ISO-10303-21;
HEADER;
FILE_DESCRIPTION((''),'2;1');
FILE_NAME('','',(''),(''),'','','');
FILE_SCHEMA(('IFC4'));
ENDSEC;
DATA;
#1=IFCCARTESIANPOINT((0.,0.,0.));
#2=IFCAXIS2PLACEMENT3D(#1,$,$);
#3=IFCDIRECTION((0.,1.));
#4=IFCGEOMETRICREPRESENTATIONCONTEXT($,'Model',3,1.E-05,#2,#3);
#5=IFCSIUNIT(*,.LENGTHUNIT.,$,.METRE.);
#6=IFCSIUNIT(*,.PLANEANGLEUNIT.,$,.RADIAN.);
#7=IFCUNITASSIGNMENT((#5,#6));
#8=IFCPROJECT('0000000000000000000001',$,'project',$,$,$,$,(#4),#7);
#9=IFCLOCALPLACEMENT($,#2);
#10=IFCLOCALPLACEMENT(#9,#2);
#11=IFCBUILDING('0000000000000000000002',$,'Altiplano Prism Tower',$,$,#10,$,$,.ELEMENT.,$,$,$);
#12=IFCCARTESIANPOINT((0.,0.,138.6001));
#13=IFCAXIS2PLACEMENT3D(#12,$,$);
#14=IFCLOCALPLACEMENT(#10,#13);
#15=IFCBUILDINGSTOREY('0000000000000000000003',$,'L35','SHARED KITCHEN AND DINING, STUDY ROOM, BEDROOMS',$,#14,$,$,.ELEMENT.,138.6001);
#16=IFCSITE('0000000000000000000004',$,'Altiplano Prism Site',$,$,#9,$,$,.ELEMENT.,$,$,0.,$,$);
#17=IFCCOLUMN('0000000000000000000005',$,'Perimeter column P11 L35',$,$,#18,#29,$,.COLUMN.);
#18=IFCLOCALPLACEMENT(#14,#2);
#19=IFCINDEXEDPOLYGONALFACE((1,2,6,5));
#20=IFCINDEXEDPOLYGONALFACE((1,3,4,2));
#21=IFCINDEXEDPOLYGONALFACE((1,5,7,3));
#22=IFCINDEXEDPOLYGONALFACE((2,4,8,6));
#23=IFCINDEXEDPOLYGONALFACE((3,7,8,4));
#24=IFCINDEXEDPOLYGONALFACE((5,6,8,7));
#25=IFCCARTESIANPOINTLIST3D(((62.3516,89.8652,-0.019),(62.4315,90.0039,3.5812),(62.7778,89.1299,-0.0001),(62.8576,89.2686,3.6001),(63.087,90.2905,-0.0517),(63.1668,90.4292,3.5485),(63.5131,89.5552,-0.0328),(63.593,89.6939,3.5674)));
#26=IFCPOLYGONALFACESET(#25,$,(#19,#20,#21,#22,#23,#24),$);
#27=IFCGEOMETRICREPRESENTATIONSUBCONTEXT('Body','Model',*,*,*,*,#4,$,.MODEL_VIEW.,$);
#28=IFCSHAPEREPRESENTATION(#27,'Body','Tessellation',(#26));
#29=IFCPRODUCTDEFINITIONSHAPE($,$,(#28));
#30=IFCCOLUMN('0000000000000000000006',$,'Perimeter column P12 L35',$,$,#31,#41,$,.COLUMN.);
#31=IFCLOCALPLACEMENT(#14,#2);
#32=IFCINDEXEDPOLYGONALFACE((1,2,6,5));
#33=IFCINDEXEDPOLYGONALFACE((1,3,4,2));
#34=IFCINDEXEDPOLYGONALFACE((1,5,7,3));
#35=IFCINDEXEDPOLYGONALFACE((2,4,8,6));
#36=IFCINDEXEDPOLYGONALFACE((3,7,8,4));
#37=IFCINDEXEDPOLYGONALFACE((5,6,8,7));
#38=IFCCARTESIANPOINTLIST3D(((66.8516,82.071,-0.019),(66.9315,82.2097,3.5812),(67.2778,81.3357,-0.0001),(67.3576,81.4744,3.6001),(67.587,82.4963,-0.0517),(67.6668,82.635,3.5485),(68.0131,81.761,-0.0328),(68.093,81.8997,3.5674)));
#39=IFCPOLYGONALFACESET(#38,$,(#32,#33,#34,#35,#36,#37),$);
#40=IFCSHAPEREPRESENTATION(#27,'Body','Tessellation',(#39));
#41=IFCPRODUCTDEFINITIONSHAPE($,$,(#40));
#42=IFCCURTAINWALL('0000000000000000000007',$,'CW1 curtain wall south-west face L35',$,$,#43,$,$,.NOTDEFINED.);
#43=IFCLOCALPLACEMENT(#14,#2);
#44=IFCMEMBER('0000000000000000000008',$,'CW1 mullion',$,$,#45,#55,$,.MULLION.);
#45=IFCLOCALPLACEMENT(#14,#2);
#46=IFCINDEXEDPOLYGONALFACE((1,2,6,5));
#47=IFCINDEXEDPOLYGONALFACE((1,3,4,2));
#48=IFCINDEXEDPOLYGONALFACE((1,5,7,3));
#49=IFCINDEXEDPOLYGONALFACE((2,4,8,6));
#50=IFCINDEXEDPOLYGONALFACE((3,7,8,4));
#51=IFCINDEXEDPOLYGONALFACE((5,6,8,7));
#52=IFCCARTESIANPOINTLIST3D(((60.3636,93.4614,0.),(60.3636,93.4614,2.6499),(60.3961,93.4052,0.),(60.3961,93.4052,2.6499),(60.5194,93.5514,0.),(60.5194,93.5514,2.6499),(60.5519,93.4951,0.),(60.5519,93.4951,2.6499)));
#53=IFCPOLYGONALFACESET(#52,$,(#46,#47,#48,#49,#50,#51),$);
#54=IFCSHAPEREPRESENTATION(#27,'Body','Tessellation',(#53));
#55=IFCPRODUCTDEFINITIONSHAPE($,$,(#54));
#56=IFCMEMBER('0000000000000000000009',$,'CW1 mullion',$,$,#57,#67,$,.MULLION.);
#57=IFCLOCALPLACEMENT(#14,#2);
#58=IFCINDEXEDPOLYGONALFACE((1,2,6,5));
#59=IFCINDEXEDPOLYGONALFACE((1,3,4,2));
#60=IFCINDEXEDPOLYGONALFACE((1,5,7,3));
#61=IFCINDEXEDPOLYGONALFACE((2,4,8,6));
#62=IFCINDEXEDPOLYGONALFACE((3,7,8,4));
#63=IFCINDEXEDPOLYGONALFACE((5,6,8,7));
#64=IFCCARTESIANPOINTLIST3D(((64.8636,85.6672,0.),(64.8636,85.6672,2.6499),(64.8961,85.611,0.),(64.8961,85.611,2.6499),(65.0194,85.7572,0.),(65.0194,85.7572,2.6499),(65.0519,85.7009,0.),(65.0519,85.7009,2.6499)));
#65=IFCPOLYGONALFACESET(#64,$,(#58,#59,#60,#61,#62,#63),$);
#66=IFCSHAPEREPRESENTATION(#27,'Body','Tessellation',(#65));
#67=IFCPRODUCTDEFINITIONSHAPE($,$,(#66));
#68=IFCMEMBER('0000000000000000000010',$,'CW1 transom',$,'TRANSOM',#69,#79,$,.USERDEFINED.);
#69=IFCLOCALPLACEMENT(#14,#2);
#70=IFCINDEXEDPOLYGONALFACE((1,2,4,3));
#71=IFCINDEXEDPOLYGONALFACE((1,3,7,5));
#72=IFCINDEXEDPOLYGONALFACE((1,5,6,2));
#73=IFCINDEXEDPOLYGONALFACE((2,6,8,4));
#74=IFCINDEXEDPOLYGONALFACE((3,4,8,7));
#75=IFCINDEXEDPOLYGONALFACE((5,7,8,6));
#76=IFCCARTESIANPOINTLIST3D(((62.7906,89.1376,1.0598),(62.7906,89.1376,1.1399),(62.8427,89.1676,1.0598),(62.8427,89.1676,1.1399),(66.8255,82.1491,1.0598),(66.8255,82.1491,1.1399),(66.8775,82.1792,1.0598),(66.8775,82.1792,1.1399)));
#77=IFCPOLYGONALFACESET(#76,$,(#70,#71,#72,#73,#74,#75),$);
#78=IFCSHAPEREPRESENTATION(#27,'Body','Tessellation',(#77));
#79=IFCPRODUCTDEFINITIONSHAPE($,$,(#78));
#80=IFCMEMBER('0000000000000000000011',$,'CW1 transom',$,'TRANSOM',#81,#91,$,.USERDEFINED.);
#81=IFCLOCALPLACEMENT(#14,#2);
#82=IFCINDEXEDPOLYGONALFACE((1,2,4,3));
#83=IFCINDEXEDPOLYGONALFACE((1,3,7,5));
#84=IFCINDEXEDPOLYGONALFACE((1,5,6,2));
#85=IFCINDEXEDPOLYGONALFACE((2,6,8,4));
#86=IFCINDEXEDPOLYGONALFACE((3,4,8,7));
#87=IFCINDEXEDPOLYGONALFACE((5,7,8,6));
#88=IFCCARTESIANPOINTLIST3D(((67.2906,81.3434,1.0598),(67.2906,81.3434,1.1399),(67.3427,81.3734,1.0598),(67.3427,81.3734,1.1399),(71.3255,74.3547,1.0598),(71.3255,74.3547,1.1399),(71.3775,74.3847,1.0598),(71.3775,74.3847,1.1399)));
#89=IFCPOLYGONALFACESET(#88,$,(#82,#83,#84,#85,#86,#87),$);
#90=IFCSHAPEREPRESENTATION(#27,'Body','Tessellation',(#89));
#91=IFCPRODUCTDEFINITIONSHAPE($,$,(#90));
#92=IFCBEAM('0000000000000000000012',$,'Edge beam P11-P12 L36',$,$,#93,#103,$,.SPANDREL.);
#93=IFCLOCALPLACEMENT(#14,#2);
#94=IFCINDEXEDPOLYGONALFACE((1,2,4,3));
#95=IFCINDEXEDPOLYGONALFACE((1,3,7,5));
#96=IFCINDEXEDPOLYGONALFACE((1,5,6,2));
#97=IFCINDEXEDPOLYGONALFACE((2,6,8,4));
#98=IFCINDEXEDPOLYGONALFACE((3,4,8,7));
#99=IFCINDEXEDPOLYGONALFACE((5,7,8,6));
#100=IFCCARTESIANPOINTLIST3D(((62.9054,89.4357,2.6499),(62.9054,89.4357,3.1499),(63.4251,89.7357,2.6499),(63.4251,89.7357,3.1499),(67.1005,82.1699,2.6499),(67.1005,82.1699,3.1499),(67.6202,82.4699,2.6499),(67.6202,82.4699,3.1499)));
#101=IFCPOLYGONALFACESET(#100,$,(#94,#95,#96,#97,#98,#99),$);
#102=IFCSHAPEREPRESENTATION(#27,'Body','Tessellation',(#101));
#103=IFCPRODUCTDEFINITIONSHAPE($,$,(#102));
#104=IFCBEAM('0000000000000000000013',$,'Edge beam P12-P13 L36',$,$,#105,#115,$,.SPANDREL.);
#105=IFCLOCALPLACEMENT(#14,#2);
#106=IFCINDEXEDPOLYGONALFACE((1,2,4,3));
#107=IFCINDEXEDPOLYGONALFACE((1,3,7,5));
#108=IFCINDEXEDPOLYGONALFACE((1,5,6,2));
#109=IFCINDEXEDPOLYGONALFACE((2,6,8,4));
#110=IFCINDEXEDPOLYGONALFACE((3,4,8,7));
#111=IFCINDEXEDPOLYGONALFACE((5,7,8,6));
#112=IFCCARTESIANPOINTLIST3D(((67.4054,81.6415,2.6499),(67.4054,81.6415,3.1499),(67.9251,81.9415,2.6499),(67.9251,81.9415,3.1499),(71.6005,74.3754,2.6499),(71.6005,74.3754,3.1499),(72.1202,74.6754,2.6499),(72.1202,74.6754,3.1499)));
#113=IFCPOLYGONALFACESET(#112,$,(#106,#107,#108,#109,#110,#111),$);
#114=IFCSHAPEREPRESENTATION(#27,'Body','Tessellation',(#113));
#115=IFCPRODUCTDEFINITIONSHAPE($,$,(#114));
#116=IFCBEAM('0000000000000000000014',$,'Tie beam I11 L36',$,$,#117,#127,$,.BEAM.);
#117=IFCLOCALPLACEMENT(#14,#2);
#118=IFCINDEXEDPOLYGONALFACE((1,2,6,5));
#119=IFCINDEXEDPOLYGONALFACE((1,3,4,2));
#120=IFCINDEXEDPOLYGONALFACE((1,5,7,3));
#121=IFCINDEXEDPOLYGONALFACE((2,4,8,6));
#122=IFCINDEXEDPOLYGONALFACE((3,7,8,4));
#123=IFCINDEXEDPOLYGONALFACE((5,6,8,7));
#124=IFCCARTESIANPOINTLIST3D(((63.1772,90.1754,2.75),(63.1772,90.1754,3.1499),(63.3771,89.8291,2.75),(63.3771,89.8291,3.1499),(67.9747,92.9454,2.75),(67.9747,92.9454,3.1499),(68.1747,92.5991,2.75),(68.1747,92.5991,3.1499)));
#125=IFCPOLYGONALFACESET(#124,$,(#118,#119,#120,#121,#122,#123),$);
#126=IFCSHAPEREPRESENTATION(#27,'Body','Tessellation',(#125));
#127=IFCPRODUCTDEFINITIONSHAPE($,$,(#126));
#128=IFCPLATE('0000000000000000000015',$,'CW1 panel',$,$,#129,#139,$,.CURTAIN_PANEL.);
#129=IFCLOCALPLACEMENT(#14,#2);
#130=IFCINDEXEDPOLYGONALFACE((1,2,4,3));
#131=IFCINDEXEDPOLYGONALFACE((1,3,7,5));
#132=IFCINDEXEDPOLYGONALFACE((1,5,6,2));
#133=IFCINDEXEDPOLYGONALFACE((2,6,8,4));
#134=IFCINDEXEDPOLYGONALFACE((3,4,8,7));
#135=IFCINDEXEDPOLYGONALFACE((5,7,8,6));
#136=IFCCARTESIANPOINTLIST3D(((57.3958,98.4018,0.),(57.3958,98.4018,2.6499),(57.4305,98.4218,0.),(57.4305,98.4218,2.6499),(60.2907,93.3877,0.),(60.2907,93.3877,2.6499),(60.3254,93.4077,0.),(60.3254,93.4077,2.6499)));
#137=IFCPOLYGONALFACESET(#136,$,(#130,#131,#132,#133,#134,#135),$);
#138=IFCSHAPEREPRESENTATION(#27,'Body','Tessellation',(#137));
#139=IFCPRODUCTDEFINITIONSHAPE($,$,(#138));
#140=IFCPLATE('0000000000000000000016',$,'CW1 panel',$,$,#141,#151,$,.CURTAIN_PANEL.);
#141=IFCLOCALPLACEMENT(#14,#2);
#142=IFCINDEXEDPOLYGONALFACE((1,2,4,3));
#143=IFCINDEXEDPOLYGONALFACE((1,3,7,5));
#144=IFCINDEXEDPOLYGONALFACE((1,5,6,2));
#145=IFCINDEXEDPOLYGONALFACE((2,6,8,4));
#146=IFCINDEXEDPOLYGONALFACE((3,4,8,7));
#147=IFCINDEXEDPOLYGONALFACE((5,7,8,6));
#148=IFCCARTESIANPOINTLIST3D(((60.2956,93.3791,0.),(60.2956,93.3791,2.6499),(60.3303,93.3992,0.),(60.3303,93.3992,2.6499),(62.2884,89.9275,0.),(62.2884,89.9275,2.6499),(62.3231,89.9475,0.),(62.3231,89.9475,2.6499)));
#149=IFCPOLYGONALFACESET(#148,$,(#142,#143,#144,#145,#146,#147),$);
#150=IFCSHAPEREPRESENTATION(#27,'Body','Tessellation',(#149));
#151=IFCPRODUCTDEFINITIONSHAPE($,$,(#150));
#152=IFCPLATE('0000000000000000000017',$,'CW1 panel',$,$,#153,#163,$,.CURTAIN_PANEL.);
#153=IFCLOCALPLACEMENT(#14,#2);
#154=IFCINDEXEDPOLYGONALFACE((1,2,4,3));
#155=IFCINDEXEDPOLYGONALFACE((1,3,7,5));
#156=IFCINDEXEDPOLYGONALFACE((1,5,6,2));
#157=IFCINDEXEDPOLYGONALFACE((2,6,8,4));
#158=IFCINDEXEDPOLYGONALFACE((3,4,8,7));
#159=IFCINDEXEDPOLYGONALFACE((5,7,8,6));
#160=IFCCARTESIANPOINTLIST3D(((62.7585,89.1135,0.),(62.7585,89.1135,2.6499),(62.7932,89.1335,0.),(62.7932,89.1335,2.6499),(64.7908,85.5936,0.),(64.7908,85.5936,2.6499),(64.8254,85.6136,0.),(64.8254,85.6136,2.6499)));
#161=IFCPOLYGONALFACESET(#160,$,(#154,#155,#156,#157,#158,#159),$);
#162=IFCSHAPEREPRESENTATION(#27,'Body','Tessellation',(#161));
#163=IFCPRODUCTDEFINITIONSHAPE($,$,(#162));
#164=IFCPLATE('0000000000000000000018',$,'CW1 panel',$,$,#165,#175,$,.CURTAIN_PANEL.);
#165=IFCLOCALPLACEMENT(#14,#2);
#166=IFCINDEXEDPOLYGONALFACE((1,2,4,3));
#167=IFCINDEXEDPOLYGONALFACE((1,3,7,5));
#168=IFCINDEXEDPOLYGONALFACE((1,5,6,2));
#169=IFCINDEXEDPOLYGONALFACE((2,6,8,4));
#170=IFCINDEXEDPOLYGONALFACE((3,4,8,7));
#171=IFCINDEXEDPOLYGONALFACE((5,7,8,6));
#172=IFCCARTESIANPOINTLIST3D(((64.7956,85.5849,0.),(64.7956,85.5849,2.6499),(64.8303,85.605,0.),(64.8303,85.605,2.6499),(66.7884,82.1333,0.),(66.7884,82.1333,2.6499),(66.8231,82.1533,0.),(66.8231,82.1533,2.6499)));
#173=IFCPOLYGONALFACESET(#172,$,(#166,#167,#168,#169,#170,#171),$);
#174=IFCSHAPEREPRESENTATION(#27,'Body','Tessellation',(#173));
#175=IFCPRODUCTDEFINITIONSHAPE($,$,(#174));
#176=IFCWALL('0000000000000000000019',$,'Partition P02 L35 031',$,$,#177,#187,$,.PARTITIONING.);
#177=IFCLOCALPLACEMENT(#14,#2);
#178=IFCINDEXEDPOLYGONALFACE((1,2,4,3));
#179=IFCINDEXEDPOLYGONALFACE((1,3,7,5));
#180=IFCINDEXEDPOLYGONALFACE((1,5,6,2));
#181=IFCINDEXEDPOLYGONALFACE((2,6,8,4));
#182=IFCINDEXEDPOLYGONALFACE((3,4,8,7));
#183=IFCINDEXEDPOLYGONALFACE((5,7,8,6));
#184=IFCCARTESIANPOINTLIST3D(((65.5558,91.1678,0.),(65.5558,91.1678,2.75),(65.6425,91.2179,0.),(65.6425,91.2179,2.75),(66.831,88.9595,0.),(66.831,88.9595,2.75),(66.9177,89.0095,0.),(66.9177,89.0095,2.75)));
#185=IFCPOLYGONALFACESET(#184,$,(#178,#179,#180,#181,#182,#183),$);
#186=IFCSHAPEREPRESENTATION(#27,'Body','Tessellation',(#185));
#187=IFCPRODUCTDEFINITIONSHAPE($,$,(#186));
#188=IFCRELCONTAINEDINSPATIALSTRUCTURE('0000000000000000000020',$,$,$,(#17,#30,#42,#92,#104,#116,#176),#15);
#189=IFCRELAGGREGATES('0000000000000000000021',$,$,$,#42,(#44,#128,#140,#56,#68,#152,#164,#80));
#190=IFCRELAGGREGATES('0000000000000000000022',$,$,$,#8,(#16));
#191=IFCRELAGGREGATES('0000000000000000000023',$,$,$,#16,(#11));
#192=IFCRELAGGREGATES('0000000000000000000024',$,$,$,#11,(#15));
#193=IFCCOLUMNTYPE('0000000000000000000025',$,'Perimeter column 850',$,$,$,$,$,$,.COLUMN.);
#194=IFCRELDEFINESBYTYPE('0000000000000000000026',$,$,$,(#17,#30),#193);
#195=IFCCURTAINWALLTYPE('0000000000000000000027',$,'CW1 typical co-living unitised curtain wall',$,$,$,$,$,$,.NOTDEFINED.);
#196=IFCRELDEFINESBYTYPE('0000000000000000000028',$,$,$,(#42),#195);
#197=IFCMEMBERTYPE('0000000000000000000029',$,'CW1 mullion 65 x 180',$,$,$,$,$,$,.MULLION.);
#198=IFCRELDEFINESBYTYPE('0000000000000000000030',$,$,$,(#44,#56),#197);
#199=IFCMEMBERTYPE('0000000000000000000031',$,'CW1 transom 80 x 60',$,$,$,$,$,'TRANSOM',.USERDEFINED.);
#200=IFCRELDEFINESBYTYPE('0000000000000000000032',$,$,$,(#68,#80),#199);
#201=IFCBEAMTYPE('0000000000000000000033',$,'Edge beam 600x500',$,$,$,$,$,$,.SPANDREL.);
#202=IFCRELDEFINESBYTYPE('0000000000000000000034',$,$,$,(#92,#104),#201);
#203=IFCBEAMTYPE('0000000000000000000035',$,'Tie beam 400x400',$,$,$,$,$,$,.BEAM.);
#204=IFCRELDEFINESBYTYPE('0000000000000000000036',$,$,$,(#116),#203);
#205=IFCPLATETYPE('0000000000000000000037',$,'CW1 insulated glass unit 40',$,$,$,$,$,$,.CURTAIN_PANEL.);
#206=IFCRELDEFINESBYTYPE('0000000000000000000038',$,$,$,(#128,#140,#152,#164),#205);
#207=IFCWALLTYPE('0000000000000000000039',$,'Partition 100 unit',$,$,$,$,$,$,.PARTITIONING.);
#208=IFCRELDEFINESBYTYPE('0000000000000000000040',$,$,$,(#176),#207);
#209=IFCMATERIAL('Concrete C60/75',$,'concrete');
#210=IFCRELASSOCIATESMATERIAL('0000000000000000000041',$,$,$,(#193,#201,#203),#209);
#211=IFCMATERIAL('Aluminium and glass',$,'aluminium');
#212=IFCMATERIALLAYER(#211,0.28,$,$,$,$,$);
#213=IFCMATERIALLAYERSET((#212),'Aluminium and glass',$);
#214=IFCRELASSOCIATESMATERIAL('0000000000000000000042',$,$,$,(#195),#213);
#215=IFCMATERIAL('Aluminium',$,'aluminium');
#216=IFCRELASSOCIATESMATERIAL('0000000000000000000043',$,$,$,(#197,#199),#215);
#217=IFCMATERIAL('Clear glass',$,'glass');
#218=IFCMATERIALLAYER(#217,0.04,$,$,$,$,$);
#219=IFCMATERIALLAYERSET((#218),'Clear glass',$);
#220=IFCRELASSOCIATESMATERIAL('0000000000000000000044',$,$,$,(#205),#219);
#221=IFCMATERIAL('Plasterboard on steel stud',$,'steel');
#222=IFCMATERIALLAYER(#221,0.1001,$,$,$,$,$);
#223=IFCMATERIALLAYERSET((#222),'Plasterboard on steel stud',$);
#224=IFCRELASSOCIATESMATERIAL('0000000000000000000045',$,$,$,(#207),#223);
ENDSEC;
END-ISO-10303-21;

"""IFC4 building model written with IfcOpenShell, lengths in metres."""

from ifc_helpers import new_model, si_unit, direction, frame, frame_2d, origin, origin_2d, place, context, subcontext, project, spatial, rectangle, extrude, material, layer, layer_set, material_profile, profile_set, type_object, element, aggregate, save


model = new_model("IFC4")

# Units and contexts
model_context = context("Model", 3, precision=1e-05, world=origin(), true_north=direction((0.0, 1.0)))
body_context = subcontext(model_context, "Body", "Model", "MODEL_VIEW")
ifc_project = project(units=[si_unit("LENGTHUNIT", "METRE"), si_unit("PLANEANGLEUNIT", "RADIAN")], contexts=[model_context])

# Site, building, storey
site_placement = place(None, origin())
site = spatial("IfcSite", under=ifc_project, at=site_placement, Name="Altiplano Prism Site", CompositionType="ELEMENT", RefElevation=0.0)
building_placement = place(site_placement, origin())
building = spatial("IfcBuilding", under=site, at=building_placement, Name="Altiplano Prism Tower", CompositionType="ELEMENT")
storey_placement = place(building_placement, frame((0.0, 0.0, 138.6001)))
storey = spatial("IfcBuildingStorey", under=building, at=storey_placement, Name="L35", Description="SHARED KITCHEN AND DINING, STUDY ROOM, BEDROOMS", CompositionType="ELEMENT", Elevation=138.6001)

# Columns
ifc_material_1 = material(Name="Concrete C60/75", Category="concrete")
ifc_material_profile_1 = material_profile(ifc_material_1, rectangle(XDim=0.8501, YDim=0.8501, at=origin_2d()), Name="Perimeter column 850")
ifc_profile_set_1 = profile_set([ifc_material_profile_1], Name="Concrete C60/75")
column_type = type_object("IfcColumnType", Name="Perimeter column 850", PredefinedType="COLUMN", material=ifc_profile_set_1)
for number, where, z_axis, x_axis, name in (
    (1, (62.9324, 89.7102, -0.0259), (0.022154, 0.038481, 0.999014), (-0.864982, -0.500327, 0.038453), "Perimeter column P11 L35"),
    (2, (67.4324, 81.916, -0.0259), (0.022154, 0.038481, 0.999014), (-0.864982, -0.500327, 0.038453), "Perimeter column P12 L35"),
):
    element("IfcColumn", number, at=place(storey_placement, frame(where, z_axis=z_axis, x_axis=x_axis)), inside=storey, type_object=column_type, Name=name, PredefinedType="COLUMN", context=body_context, shape_type="SweptSolid", body=[
        extrude(rectangle(XDim=0.8501, YDim=0.8501, at=origin_2d()), origin(), (0.0, 0.0, 1.0), 3.6038),
    ])

# Curtain wall, members
ifc_material_2 = material(Name="Aluminium and glass", Category="aluminium")
ifc_layer_1 = layer(ifc_material_2, 0.28)
ifc_layer_set_1 = layer_set([ifc_layer_1], Name="Aluminium and glass")
curtain_wall_type = type_object("IfcCurtainWallType", Name="CW1 typical co-living unitised curtain wall", PredefinedType="NOTDEFINED", material=ifc_layer_set_1)
curtain_wall_placement = place(storey_placement, origin())
curtain_wall = element("IfcCurtainWall", 3, at=curtain_wall_placement, inside=storey, type_object=curtain_wall_type, Name="CW1 curtain wall south-west face L35", PredefinedType="NOTDEFINED")
ifc_material_3 = material(Name="Aluminium", Category="aluminium")
ifc_material_profile_2 = material_profile(ifc_material_3, rectangle(XDim=0.1799, YDim=0.0649, at=origin_2d()), Name="CW1 mullion 65 x 180")
ifc_profile_set_2 = profile_set([ifc_material_profile_2], Name="Aluminium")
member_type_1 = type_object("IfcMemberType", Name="CW1 mullion 65 x 180", PredefinedType="MULLION", material=ifc_profile_set_2)
member_1_placement = place(storey_placement, frame((60.4578, 93.4783, 0.0), z_axis=(0.0, 0.0, 1.0), x_axis=(0.866025, 0.5, 0.0)))
member_1 = element("IfcMember", 4, at=member_1_placement, type_object=member_type_1, Name="CW1 mullion", PredefinedType="MULLION", context=body_context, shape_type="SweptSolid", body=[
    extrude(rectangle(XDim=0.1799, YDim=0.0649, at=origin_2d()), origin(), (0.0, 0.0, 1.0), 2.6499),
])
member_2_placement = place(storey_placement, frame((64.9578, 85.6841, 0.0), z_axis=(0.0, 0.0, 1.0), x_axis=(0.866025, 0.5, 0.0)))
member_2 = element("IfcMember", 5, at=member_2_placement, type_object=member_type_1, Name="CW1 mullion", PredefinedType="MULLION", context=body_context, shape_type="SweptSolid", body=[
    extrude(rectangle(XDim=0.1799, YDim=0.0649, at=origin_2d()), origin(), (0.0, 0.0, 1.0), 2.6499),
])
ifc_material_profile_3 = material_profile(ifc_material_3, rectangle(XDim=0.0601, YDim=0.0801, at=origin_2d()), Name="CW1 transom 80 x 60")
ifc_profile_set_3 = profile_set([ifc_material_profile_3], Name="Aluminium")
member_type_2 = type_object("IfcMemberType", Name="CW1 transom 80 x 60", ElementType="TRANSOM", PredefinedType="USERDEFINED", material=ifc_profile_set_3)
member_3_placement = place(storey_placement, frame((62.8167, 89.1526, 1.0999), z_axis=(0.500008, -0.866021, 0.0), x_axis=(0.866021, 0.500008, 0.0)))
member_3 = element("IfcMember", 6, at=member_3_placement, type_object=member_type_2, Name="CW1 transom", ObjectType="TRANSOM", PredefinedType="USERDEFINED", context=body_context, shape_type="SweptSolid", body=[
    extrude(rectangle(XDim=0.0601, YDim=0.0801, at=origin_2d()), origin(), (0.0, 0.0, 1.0), 8.0696),
])
member_4_placement = place(storey_placement, frame((67.3167, 81.3584, 1.0999), z_axis=(0.499995, -0.866028, 0.0), x_axis=(0.866028, 0.499995, 0.0)))
member_4 = element("IfcMember", 7, at=member_4_placement, type_object=member_type_2, Name="CW1 transom", ObjectType="TRANSOM", PredefinedType="USERDEFINED", context=body_context, shape_type="SweptSolid", body=[
    extrude(rectangle(XDim=0.0601, YDim=0.0801, at=origin_2d()), origin(), (0.0, 0.0, 1.0), 8.0698),
])

# Beams
ifc_material_profile_4 = material_profile(ifc_material_1, rectangle(XDim=0.6001, YDim=0.5, at=origin_2d()), Name="Edge beam 600x500")
ifc_profile_set_4 = profile_set([ifc_material_profile_4], Name="Concrete C60/75")
beam_type_1 = type_object("IfcBeamType", Name="Edge beam 600x500", PredefinedType="SPANDREL", material=ifc_profile_set_4)
beam_1_placement = place(storey_placement, frame((63.1653, 89.5857, 2.8999), z_axis=(0.50001, -0.866019, 0.0), x_axis=(0.866019, 0.50001, 0.0)))
element("IfcBeam", 8, at=beam_1_placement, inside=storey, type_object=beam_type_1, Name="Edge beam P11-P12 L36", PredefinedType="SPANDREL", context=body_context, shape_type="SweptSolid", body=[
    extrude(rectangle(XDim=0.6001, YDim=0.5, at=origin_2d()), origin(), (0.0, 0.0, 1.0), 8.3899),
])
beam_2_placement = place(storey_placement, frame((67.6653, 81.7915, 2.8999), z_axis=(0.499998, -0.866027, 0.0), x_axis=(0.866027, 0.499998, 0.0)))
element("IfcBeam", 9, at=beam_2_placement, inside=storey, type_object=beam_type_1, Name="Edge beam P12-P13 L36", PredefinedType="SPANDREL", context=body_context, shape_type="SweptSolid", body=[
    extrude(rectangle(XDim=0.6001, YDim=0.5, at=origin_2d()), origin(), (0.0, 0.0, 1.0), 8.3901),
])
ifc_material_profile_5 = material_profile(ifc_material_1, rectangle(XDim=0.3999, YDim=0.3999, at=origin_2d()), Name="Tie beam 400x400")
ifc_profile_set_5 = profile_set([ifc_material_profile_5], Name="Concrete C60/75")
beam_type_2 = type_object("IfcBeamType", Name="Tie beam 400x400", PredefinedType="BEAM", material=ifc_profile_set_5)
beam_3_placement = place(storey_placement, frame((68.0747, 92.7722, 2.95), z_axis=(-0.866016, -0.500016, 0.0), x_axis=(0.500016, -0.866016, 0.0)))
element("IfcBeam", 10, at=beam_3_placement, inside=storey, type_object=beam_type_2, Name="Tie beam I11 L36", PredefinedType="BEAM", context=body_context, shape_type="SweptSolid", body=[
    extrude(rectangle(XDim=0.3999, YDim=0.3999, at=origin_2d()), origin(), (0.0, 0.0, 1.0), 5.5398),
])

# Plates
ifc_material_4 = material(Name="Clear glass", Category="glass")
ifc_layer_2 = layer(ifc_material_4, 0.04)
ifc_layer_set_2 = layer_set([ifc_layer_2], Name="Clear glass")
plate_type = type_object("IfcPlateType", Name="CW1 insulated glass unit 40", PredefinedType="CURTAIN_PANEL", material=ifc_layer_set_2)
plate_1_placement = place(storey_placement, frame((58.8606, 95.9048, 0.0), z_axis=(0.0, 0.0, 1.0), x_axis=(0.5, -0.866025, 0.0)))
plate_1 = element("IfcPlate", 11, at=plate_1_placement, type_object=plate_type, Name="CW1 panel", PredefinedType="CURTAIN_PANEL", context=body_context, shape_type="SweptSolid", body=[
    extrude(rectangle(XDim=5.7898, YDim=0.04, at=origin_2d()), origin(), (0.0, 0.0, 1.0), 2.6499),
])
plate_2_placement = place(storey_placement, frame((61.3093, 91.6633, 0.0), z_axis=(0.0, 0.0, 1.0), x_axis=(0.5, -0.866025, 0.0)))
plate_2 = element("IfcPlate", 12, at=plate_2_placement, type_object=plate_type, Name="CW1 panel", PredefinedType="CURTAIN_PANEL", context=body_context, shape_type="SweptSolid", body=[
    extrude(rectangle(XDim=3.9856, YDim=0.04, at=origin_2d()), origin(), (0.0, 0.0, 1.0), 2.6499),
])
plate_3_placement = place(storey_placement, frame((63.792, 87.3635, 0.0), z_axis=(0.0, 0.0, 1.0), x_axis=(0.5, -0.866025, 0.0)))
plate_3 = element("IfcPlate", 13, at=plate_3_placement, type_object=plate_type, Name="CW1 panel", PredefinedType="CURTAIN_PANEL", context=body_context, shape_type="SweptSolid", body=[
    extrude(rectangle(XDim=4.0645, YDim=0.04, at=origin_2d()), origin(), (0.0, 0.0, 1.0), 2.6499),
])
plate_4_placement = place(storey_placement, frame((65.8093, 83.8691, 0.0), z_axis=(0.0, 0.0, 1.0), x_axis=(0.5, -0.866025, 0.0)))
plate_4 = element("IfcPlate", 14, at=plate_4_placement, type_object=plate_type, Name="CW1 panel", PredefinedType="CURTAIN_PANEL", context=body_context, shape_type="SweptSolid", body=[
    extrude(rectangle(XDim=3.9856, YDim=0.04, at=origin_2d()), origin(), (0.0, 0.0, 1.0), 2.6499),
])
aggregate(curtain_wall, [member_1, plate_1, plate_2, member_2, member_3, plate_3, plate_4, member_4])

# Wall
ifc_material_5 = material(Name="Plasterboard on steel stud", Category="steel")
ifc_layer_3 = layer(ifc_material_5, 0.1001)
ifc_layer_set_3 = layer_set([ifc_layer_3], Name="Plasterboard on steel stud")
wall_type_1 = type_object("IfcWallType", Name="Partition 100 unit", PredefinedType="PARTITIONING", material=ifc_layer_set_3)
wall_1_placement = place(storey_placement, frame((66.8743, 88.9846, 0.0), z_axis=(0.0, 0.0, 1.0), x_axis=(-0.500062, 0.865989, 0.0)))
element("IfcWall", 15, at=wall_1_placement, inside=storey, type_object=wall_type_1, Name="Partition P02 L35 031", PredefinedType="PARTITIONING", context=body_context, shape_type="SweptSolid", body=[
    extrude(rectangle(XDim=2.55, YDim=0.1001, at=frame_2d((1.2749, 0.0))), origin(), (0.0, 0.0, 1.0), 2.75),
])

save(model, "model.ifc")
